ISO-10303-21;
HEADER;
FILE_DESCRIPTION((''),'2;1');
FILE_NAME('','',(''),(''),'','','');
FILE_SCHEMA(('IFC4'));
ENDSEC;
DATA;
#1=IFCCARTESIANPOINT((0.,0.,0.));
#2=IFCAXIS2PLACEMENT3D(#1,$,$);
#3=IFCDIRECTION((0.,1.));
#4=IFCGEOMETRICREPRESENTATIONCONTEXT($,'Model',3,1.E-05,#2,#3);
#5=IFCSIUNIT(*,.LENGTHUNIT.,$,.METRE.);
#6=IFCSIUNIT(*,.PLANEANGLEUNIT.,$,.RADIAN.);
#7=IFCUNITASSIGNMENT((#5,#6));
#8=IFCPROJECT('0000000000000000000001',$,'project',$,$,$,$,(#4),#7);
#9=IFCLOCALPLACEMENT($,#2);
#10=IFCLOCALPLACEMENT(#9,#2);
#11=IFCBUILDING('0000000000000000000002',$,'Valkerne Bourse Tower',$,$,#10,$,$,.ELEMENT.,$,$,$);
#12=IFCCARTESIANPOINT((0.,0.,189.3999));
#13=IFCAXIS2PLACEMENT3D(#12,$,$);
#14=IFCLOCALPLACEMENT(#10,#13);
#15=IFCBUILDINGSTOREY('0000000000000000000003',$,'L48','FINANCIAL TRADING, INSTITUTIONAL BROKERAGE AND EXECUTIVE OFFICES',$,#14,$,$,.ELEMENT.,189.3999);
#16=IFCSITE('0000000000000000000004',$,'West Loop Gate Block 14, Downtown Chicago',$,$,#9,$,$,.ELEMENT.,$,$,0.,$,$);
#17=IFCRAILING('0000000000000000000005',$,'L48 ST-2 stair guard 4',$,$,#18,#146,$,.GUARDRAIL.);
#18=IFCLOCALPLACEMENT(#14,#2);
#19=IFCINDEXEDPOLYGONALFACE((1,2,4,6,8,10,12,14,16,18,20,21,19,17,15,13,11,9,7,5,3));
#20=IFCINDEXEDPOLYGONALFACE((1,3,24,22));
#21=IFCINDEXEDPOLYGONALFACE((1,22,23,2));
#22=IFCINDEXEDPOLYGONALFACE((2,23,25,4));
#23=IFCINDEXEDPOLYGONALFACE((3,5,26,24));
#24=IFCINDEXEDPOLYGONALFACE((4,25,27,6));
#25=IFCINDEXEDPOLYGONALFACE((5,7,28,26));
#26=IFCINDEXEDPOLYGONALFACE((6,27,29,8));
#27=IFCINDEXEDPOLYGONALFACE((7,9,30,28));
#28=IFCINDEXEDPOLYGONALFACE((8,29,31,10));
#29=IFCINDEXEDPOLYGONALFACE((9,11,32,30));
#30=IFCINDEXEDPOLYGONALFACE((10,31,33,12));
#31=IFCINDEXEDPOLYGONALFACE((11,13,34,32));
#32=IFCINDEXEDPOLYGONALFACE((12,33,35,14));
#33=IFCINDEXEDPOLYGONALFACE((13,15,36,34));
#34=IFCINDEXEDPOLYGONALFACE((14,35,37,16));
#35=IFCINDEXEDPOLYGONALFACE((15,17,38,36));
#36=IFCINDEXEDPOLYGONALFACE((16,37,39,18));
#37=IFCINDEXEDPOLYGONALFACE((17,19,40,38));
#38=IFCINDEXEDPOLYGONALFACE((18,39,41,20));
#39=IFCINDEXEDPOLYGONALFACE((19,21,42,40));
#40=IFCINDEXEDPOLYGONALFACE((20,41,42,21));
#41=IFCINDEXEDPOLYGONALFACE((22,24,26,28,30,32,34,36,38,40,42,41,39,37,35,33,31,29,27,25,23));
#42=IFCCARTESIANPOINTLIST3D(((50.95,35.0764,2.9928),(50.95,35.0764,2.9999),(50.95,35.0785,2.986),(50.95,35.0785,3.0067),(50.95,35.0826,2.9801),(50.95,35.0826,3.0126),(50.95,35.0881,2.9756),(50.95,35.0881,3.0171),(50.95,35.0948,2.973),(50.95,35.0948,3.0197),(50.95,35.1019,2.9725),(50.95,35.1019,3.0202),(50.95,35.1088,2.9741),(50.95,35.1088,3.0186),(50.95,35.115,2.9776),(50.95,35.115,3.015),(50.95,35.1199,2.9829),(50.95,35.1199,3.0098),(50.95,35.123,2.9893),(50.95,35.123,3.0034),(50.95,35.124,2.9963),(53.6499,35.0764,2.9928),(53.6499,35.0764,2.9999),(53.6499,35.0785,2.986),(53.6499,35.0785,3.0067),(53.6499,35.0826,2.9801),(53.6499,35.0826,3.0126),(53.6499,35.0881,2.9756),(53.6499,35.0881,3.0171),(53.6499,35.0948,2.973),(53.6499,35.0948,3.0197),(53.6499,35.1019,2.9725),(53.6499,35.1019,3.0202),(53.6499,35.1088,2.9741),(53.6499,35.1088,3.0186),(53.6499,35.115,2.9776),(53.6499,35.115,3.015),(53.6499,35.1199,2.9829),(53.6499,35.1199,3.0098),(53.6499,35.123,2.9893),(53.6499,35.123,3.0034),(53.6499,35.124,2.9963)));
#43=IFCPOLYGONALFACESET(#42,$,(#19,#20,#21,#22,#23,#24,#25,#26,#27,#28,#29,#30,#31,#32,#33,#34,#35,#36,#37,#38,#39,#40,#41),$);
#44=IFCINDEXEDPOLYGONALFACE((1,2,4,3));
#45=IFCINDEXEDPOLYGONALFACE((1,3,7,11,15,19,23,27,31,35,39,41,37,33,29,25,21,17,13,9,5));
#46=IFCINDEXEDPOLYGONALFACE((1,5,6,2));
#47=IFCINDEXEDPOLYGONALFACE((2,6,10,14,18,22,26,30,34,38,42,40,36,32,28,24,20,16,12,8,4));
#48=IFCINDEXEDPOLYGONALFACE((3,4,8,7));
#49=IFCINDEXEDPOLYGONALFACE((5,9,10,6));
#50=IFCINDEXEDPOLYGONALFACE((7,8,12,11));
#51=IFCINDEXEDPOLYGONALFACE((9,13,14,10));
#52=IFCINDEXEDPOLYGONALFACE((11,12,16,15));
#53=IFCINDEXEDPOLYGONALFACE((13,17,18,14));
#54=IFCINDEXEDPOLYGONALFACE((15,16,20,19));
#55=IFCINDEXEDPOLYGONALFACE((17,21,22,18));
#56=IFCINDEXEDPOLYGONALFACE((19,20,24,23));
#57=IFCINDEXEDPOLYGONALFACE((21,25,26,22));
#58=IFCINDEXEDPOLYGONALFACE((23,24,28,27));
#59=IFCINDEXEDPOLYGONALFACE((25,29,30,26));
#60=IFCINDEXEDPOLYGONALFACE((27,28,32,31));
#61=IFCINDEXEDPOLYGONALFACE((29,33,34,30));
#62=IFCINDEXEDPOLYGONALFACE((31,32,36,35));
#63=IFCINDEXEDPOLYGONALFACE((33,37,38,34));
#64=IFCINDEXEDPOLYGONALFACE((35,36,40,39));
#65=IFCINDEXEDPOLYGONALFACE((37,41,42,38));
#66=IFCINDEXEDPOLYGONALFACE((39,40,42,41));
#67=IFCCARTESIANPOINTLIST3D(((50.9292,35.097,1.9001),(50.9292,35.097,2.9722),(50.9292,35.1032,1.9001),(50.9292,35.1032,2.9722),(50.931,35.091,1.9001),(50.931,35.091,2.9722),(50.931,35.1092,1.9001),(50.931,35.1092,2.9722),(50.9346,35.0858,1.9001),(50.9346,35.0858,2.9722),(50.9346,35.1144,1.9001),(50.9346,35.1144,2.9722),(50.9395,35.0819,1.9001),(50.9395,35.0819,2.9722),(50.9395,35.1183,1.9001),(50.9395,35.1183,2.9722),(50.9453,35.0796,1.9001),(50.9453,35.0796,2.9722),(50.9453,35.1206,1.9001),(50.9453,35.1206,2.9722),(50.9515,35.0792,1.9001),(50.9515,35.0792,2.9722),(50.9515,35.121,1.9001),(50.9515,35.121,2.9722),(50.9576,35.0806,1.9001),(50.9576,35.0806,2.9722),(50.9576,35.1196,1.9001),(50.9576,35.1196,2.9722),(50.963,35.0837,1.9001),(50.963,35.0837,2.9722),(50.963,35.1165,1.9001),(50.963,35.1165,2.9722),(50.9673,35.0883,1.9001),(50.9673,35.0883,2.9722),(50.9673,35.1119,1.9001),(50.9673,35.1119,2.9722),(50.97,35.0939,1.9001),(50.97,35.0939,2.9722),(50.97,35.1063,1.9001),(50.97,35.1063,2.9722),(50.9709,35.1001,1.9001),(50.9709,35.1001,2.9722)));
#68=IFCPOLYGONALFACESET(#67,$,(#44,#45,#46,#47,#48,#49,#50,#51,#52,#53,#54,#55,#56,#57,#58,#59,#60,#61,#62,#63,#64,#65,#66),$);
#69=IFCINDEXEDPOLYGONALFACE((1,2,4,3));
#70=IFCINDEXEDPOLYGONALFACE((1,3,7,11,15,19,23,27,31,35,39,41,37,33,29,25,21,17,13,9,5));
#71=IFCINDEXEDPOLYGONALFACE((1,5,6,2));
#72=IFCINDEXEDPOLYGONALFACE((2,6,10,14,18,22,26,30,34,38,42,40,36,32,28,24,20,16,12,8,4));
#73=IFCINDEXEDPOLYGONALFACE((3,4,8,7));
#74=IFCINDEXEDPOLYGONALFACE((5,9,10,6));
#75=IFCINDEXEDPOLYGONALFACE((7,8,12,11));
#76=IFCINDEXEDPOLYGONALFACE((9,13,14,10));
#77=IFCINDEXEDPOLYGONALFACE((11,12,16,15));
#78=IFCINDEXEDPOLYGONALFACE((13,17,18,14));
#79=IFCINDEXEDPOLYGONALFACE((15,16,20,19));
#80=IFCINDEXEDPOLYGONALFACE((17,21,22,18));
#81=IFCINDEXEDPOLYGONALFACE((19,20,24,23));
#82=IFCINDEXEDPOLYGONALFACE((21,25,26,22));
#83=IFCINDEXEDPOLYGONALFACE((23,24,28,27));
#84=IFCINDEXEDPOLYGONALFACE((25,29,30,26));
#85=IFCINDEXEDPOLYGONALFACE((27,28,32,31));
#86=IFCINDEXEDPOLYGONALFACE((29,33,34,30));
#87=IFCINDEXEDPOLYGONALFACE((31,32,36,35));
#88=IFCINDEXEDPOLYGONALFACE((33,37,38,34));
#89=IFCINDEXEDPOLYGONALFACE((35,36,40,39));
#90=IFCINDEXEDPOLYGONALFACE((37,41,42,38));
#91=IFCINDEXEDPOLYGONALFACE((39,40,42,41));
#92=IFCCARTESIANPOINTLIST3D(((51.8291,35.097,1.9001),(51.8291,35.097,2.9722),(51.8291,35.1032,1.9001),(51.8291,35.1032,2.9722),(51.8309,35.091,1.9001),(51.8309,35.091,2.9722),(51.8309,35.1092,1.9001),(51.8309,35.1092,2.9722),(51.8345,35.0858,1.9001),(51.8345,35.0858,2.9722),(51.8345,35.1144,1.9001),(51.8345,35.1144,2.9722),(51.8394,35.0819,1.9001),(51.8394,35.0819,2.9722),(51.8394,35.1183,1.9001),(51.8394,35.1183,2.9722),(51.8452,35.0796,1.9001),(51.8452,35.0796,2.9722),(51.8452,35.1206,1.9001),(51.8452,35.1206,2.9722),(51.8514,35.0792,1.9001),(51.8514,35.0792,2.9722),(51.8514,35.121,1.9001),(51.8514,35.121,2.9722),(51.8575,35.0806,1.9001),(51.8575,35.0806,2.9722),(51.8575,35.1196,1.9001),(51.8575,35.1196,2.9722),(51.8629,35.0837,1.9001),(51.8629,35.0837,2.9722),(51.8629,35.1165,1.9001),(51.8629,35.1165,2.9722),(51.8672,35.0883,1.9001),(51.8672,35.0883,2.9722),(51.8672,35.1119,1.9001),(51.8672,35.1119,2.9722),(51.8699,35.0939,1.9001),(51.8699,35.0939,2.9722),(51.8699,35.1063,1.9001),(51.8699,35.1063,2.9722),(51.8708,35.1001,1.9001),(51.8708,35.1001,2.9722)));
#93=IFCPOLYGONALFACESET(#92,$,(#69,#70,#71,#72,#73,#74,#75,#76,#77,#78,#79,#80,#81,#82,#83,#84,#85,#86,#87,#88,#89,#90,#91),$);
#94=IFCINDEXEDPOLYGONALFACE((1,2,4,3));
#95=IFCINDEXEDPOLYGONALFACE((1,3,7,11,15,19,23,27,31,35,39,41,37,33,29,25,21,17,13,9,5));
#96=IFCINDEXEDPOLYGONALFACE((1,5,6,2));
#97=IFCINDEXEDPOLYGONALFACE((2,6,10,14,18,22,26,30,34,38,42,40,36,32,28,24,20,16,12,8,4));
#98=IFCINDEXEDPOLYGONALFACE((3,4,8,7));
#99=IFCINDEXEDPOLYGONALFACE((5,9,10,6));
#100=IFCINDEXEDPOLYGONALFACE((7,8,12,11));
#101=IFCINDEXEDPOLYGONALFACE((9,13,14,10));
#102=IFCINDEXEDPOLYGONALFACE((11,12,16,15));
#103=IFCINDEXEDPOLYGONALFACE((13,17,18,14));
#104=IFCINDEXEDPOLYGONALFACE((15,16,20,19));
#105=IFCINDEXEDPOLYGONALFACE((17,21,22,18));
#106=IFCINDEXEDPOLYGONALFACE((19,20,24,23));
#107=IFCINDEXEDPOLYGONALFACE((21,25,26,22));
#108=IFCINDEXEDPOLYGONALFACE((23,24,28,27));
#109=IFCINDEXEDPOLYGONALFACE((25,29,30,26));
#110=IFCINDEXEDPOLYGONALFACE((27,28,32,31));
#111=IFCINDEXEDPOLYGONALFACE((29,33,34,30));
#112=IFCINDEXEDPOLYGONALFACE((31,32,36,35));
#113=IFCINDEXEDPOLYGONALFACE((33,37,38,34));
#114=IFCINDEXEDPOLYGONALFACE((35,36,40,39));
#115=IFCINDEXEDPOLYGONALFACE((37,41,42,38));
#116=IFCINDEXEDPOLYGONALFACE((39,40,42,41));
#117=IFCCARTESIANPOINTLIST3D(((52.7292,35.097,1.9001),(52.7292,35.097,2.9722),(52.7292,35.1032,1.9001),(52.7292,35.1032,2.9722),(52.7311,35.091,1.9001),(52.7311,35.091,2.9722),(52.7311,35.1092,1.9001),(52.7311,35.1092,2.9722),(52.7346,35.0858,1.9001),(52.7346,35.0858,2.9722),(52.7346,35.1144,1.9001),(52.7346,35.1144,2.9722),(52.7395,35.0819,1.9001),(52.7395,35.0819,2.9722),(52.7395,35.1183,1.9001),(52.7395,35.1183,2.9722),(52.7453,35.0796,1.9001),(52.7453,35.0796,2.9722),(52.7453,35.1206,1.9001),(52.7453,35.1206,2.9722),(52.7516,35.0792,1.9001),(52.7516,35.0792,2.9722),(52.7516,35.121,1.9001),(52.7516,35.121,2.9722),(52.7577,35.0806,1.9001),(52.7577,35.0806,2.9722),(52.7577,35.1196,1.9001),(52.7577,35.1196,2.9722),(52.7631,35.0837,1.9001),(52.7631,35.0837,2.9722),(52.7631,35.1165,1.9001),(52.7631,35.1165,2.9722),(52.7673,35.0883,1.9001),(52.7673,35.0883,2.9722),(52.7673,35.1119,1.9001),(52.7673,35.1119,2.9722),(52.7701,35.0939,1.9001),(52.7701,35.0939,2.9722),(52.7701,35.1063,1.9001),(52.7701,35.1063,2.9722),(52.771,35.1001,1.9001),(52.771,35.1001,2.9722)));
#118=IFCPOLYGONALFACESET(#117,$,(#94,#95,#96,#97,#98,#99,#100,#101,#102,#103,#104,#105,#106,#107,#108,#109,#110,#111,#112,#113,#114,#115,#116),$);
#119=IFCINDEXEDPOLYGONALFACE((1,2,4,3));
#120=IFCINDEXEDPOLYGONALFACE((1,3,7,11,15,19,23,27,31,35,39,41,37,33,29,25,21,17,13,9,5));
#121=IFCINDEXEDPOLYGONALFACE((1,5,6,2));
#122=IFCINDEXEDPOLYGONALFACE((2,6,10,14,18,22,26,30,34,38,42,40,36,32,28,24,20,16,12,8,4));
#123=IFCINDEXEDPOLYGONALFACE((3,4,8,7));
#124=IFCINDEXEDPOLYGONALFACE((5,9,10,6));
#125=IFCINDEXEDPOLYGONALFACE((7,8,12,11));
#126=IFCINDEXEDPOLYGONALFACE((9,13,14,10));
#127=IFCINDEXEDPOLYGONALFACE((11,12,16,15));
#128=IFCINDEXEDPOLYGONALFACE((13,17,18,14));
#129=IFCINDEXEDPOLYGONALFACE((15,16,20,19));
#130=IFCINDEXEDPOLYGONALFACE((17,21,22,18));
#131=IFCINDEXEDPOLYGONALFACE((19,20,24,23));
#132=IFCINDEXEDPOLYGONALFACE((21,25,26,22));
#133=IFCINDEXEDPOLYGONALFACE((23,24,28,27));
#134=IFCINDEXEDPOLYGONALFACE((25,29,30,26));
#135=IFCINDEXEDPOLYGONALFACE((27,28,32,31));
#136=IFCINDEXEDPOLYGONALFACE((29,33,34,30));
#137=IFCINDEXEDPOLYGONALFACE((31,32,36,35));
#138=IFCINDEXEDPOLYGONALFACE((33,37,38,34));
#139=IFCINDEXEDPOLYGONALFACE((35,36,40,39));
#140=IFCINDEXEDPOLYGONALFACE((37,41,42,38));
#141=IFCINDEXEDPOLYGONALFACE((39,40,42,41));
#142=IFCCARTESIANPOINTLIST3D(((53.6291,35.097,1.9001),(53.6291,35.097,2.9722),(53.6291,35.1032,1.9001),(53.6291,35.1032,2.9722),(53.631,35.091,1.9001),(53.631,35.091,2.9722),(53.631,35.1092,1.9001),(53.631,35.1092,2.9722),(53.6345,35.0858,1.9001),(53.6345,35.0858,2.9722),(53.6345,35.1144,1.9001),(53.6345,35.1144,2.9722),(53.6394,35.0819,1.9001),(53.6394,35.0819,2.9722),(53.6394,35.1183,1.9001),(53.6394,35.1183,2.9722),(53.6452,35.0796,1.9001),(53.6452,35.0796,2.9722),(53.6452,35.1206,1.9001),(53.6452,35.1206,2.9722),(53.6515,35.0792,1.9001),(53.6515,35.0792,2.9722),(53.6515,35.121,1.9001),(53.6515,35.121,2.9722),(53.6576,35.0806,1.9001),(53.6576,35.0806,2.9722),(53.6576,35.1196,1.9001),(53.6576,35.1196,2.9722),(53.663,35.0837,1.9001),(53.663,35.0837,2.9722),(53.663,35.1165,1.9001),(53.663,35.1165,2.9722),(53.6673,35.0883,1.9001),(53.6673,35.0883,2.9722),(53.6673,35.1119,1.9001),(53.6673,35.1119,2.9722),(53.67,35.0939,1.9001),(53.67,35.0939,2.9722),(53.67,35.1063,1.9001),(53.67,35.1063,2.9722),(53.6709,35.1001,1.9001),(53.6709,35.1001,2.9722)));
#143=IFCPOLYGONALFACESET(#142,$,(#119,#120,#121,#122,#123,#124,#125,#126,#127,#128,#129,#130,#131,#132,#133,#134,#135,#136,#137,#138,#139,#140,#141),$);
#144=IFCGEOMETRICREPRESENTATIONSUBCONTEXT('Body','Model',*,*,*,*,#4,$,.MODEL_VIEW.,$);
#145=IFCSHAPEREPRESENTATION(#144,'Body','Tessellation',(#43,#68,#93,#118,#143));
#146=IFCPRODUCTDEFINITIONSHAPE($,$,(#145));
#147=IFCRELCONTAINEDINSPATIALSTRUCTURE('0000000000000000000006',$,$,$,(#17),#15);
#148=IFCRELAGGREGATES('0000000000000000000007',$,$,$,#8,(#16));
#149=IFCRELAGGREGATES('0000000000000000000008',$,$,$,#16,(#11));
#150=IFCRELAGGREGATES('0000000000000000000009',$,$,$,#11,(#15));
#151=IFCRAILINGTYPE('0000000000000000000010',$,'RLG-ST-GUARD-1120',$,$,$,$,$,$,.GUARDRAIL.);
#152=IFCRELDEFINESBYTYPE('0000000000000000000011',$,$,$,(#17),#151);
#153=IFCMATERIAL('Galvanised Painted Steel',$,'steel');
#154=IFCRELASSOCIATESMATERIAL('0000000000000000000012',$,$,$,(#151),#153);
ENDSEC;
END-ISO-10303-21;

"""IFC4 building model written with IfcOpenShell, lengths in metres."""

from ifc_helpers import new_model, si_unit, direction, frame, origin, origin_2d, place, context, subcontext, project, spatial, circle, extrude, material, type_object, element, save


model = new_model("IFC4")

# Units and contexts
model_context = context("Model", 3, precision=1e-05, world=origin(), true_north=direction((0.0, 1.0)))
body_context = subcontext(model_context, "Body", "Model", "MODEL_VIEW")
ifc_project = project(units=[si_unit("LENGTHUNIT", "METRE"), si_unit("PLANEANGLEUNIT", "RADIAN")], contexts=[model_context])

# Site, building, storey
site_placement = place(None, origin())
site = spatial("IfcSite", under=ifc_project, at=site_placement, Name="West Loop Gate Block 14, Downtown Chicago", CompositionType="ELEMENT", RefElevation=0.0)
building_placement = place(site_placement, origin())
building = spatial("IfcBuilding", under=site, at=building_placement, Name="Valkerne Bourse Tower", CompositionType="ELEMENT")
storey_placement = place(building_placement, frame((0.0, 0.0, 189.3999)))
storey = spatial("IfcBuildingStorey", under=building, at=storey_placement, Name="L48", Description="FINANCIAL TRADING, INSTITUTIONAL BROKERAGE AND EXECUTIVE OFFICES", CompositionType="ELEMENT", Elevation=189.3999)

# Shared definitions
ifc_material_1 = material(Name="Galvanised Painted Steel", Category="steel")

# Railing
railing_type_1 = type_object("IfcRailingType", Name="RLG-ST-GUARD-1120", PredefinedType="GUARDRAIL", material=ifc_material_1)
for number, where, name in (
    (1, (50.95, 35.1001, 1.9001), "L48 ST-2 stair guard 4"),
):
    element("IfcRailing", number, at=place(storey_placement, frame(where)), inside=storey, type_object=railing_type_1, Name=name, PredefinedType="GUARDRAIL", context=body_context, shape_type="SweptSolid", body=[
        extrude(circle(Radius=0.0239, at=origin_2d()), frame((0.0, 0.0, 1.0962), z_axis=(1.0, 0.0, 0.0), x_axis=(0.0, 1.0, 0.0)), (0.0, 0.0, 1.0), 2.7),
        extrude(circle(Radius=0.021, at=origin_2d()), origin(), (0.0, 0.0, 1.0), 1.072),
        extrude(circle(Radius=0.021, at=origin_2d()), frame((0.8999, 0.0, 0.0)), (0.0, 0.0, 1.0), 1.072),
        extrude(circle(Radius=0.021, at=origin_2d()), frame((1.8, 0.0, 0.0)), (0.0, 0.0, 1.0), 1.072),
        extrude(circle(Radius=0.021, at=origin_2d()), frame((2.7, 0.0, 0.0)), (0.0, 0.0, 1.0), 1.072),
    ])

save(model, "model.ifc")
